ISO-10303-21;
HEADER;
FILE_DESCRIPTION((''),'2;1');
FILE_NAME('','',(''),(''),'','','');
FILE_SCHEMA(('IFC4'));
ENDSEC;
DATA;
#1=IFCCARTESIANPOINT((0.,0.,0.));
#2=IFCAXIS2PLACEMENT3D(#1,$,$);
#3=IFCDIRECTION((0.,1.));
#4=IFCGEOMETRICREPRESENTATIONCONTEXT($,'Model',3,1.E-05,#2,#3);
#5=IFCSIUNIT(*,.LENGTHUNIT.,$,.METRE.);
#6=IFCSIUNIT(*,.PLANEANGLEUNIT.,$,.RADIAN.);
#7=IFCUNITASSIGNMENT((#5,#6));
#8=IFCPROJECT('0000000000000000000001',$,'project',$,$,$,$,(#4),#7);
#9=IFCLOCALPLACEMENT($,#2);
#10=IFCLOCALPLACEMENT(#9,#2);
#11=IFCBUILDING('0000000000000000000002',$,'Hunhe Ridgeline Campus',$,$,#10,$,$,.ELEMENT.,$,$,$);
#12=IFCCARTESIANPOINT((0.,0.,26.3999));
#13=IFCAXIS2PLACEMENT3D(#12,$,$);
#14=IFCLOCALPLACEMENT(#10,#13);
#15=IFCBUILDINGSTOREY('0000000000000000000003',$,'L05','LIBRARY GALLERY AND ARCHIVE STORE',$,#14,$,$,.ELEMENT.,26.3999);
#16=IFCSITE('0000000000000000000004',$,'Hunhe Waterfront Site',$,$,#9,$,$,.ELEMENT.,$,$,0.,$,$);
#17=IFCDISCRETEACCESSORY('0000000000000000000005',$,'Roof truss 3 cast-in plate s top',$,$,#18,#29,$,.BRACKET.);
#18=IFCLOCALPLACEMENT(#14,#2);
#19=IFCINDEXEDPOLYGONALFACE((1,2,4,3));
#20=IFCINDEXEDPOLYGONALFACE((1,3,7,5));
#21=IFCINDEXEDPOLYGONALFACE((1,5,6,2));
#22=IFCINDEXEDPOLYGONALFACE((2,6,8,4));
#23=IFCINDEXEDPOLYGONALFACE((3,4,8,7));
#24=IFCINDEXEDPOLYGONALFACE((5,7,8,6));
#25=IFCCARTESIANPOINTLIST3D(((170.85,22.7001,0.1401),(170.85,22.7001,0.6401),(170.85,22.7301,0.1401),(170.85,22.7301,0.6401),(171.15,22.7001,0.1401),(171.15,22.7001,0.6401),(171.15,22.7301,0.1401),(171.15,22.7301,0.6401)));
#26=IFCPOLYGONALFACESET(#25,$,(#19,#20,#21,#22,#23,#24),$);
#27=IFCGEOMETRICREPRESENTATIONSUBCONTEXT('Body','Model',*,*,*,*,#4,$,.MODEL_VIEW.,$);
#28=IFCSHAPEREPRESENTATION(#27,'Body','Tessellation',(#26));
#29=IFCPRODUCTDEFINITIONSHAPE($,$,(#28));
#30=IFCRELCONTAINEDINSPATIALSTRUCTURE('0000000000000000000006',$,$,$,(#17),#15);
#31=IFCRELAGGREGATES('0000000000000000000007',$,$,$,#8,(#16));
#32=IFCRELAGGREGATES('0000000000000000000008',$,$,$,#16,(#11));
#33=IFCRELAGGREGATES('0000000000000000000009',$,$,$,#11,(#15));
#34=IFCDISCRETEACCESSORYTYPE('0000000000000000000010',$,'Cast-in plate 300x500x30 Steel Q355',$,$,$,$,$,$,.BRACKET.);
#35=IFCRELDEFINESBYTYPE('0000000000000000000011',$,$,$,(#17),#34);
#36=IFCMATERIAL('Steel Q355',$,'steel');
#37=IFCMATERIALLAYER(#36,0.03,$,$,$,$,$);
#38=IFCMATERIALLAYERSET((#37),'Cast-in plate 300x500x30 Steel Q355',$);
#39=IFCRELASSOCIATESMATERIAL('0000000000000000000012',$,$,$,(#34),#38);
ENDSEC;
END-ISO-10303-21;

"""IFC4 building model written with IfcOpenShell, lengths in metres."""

from ifc_helpers import new_model, si_unit, direction, frame, origin, origin_2d, place, context, subcontext, project, spatial, rectangle, extrude, material, layer, layer_set, type_object, element, save


model = new_model("IFC4")

# Units and contexts
model_context = context("Model", 3, precision=1e-05, world=origin(), true_north=direction((0.0, 1.0)))
body_context = subcontext(model_context, "Body", "Model", "MODEL_VIEW")
ifc_project = project(units=[si_unit("LENGTHUNIT", "METRE"), si_unit("PLANEANGLEUNIT", "RADIAN")], contexts=[model_context])

# Site, building, storey
site_placement = place(None, origin())
site = spatial("IfcSite", under=ifc_project, at=site_placement, Name="Hunhe Waterfront Site", CompositionType="ELEMENT", RefElevation=0.0)
building_placement = place(site_placement, origin())
building = spatial("IfcBuilding", under=site, at=building_placement, Name="Hunhe Ridgeline Campus", CompositionType="ELEMENT")
storey_placement = place(building_placement, frame((0.0, 0.0, 26.3999)))
storey = spatial("IfcBuildingStorey", under=building, at=storey_placement, Name="L05", Description="LIBRARY GALLERY AND ARCHIVE STORE", CompositionType="ELEMENT", Elevation=26.3999)

# Shared definitions
ifc_material = material(Name="Steel Q355", Category="steel")

# Discrete accessory
ifc_layer = layer(ifc_material, 0.03)
ifc_layer_set = layer_set([ifc_layer], Name="Cast-in plate 300x500x30 Steel Q355")
discrete_accessory_type = type_object("IfcDiscreteAccessoryType", Name="Cast-in plate 300x500x30 Steel Q355", PredefinedType="BRACKET", material=ifc_layer_set)
discrete_accessory_placement = place(storey_placement, frame((171.0, 22.7151, 0.1401), z_axis=(0.0, 0.0, 1.0), x_axis=(0.0, 1.0, 0.0)))
element("IfcDiscreteAccessory", 1, at=discrete_accessory_placement, inside=storey, type_object=discrete_accessory_type, Name="Roof truss 3 cast-in plate s top", PredefinedType="BRACKET", context=body_context, shape_type="SweptSolid", body=[
    extrude(rectangle(XDim=0.03, YDim=0.3, at=origin_2d()), origin(), (0.0, 0.0, 1.0), 0.5),
])

save(model, "model.ifc")
